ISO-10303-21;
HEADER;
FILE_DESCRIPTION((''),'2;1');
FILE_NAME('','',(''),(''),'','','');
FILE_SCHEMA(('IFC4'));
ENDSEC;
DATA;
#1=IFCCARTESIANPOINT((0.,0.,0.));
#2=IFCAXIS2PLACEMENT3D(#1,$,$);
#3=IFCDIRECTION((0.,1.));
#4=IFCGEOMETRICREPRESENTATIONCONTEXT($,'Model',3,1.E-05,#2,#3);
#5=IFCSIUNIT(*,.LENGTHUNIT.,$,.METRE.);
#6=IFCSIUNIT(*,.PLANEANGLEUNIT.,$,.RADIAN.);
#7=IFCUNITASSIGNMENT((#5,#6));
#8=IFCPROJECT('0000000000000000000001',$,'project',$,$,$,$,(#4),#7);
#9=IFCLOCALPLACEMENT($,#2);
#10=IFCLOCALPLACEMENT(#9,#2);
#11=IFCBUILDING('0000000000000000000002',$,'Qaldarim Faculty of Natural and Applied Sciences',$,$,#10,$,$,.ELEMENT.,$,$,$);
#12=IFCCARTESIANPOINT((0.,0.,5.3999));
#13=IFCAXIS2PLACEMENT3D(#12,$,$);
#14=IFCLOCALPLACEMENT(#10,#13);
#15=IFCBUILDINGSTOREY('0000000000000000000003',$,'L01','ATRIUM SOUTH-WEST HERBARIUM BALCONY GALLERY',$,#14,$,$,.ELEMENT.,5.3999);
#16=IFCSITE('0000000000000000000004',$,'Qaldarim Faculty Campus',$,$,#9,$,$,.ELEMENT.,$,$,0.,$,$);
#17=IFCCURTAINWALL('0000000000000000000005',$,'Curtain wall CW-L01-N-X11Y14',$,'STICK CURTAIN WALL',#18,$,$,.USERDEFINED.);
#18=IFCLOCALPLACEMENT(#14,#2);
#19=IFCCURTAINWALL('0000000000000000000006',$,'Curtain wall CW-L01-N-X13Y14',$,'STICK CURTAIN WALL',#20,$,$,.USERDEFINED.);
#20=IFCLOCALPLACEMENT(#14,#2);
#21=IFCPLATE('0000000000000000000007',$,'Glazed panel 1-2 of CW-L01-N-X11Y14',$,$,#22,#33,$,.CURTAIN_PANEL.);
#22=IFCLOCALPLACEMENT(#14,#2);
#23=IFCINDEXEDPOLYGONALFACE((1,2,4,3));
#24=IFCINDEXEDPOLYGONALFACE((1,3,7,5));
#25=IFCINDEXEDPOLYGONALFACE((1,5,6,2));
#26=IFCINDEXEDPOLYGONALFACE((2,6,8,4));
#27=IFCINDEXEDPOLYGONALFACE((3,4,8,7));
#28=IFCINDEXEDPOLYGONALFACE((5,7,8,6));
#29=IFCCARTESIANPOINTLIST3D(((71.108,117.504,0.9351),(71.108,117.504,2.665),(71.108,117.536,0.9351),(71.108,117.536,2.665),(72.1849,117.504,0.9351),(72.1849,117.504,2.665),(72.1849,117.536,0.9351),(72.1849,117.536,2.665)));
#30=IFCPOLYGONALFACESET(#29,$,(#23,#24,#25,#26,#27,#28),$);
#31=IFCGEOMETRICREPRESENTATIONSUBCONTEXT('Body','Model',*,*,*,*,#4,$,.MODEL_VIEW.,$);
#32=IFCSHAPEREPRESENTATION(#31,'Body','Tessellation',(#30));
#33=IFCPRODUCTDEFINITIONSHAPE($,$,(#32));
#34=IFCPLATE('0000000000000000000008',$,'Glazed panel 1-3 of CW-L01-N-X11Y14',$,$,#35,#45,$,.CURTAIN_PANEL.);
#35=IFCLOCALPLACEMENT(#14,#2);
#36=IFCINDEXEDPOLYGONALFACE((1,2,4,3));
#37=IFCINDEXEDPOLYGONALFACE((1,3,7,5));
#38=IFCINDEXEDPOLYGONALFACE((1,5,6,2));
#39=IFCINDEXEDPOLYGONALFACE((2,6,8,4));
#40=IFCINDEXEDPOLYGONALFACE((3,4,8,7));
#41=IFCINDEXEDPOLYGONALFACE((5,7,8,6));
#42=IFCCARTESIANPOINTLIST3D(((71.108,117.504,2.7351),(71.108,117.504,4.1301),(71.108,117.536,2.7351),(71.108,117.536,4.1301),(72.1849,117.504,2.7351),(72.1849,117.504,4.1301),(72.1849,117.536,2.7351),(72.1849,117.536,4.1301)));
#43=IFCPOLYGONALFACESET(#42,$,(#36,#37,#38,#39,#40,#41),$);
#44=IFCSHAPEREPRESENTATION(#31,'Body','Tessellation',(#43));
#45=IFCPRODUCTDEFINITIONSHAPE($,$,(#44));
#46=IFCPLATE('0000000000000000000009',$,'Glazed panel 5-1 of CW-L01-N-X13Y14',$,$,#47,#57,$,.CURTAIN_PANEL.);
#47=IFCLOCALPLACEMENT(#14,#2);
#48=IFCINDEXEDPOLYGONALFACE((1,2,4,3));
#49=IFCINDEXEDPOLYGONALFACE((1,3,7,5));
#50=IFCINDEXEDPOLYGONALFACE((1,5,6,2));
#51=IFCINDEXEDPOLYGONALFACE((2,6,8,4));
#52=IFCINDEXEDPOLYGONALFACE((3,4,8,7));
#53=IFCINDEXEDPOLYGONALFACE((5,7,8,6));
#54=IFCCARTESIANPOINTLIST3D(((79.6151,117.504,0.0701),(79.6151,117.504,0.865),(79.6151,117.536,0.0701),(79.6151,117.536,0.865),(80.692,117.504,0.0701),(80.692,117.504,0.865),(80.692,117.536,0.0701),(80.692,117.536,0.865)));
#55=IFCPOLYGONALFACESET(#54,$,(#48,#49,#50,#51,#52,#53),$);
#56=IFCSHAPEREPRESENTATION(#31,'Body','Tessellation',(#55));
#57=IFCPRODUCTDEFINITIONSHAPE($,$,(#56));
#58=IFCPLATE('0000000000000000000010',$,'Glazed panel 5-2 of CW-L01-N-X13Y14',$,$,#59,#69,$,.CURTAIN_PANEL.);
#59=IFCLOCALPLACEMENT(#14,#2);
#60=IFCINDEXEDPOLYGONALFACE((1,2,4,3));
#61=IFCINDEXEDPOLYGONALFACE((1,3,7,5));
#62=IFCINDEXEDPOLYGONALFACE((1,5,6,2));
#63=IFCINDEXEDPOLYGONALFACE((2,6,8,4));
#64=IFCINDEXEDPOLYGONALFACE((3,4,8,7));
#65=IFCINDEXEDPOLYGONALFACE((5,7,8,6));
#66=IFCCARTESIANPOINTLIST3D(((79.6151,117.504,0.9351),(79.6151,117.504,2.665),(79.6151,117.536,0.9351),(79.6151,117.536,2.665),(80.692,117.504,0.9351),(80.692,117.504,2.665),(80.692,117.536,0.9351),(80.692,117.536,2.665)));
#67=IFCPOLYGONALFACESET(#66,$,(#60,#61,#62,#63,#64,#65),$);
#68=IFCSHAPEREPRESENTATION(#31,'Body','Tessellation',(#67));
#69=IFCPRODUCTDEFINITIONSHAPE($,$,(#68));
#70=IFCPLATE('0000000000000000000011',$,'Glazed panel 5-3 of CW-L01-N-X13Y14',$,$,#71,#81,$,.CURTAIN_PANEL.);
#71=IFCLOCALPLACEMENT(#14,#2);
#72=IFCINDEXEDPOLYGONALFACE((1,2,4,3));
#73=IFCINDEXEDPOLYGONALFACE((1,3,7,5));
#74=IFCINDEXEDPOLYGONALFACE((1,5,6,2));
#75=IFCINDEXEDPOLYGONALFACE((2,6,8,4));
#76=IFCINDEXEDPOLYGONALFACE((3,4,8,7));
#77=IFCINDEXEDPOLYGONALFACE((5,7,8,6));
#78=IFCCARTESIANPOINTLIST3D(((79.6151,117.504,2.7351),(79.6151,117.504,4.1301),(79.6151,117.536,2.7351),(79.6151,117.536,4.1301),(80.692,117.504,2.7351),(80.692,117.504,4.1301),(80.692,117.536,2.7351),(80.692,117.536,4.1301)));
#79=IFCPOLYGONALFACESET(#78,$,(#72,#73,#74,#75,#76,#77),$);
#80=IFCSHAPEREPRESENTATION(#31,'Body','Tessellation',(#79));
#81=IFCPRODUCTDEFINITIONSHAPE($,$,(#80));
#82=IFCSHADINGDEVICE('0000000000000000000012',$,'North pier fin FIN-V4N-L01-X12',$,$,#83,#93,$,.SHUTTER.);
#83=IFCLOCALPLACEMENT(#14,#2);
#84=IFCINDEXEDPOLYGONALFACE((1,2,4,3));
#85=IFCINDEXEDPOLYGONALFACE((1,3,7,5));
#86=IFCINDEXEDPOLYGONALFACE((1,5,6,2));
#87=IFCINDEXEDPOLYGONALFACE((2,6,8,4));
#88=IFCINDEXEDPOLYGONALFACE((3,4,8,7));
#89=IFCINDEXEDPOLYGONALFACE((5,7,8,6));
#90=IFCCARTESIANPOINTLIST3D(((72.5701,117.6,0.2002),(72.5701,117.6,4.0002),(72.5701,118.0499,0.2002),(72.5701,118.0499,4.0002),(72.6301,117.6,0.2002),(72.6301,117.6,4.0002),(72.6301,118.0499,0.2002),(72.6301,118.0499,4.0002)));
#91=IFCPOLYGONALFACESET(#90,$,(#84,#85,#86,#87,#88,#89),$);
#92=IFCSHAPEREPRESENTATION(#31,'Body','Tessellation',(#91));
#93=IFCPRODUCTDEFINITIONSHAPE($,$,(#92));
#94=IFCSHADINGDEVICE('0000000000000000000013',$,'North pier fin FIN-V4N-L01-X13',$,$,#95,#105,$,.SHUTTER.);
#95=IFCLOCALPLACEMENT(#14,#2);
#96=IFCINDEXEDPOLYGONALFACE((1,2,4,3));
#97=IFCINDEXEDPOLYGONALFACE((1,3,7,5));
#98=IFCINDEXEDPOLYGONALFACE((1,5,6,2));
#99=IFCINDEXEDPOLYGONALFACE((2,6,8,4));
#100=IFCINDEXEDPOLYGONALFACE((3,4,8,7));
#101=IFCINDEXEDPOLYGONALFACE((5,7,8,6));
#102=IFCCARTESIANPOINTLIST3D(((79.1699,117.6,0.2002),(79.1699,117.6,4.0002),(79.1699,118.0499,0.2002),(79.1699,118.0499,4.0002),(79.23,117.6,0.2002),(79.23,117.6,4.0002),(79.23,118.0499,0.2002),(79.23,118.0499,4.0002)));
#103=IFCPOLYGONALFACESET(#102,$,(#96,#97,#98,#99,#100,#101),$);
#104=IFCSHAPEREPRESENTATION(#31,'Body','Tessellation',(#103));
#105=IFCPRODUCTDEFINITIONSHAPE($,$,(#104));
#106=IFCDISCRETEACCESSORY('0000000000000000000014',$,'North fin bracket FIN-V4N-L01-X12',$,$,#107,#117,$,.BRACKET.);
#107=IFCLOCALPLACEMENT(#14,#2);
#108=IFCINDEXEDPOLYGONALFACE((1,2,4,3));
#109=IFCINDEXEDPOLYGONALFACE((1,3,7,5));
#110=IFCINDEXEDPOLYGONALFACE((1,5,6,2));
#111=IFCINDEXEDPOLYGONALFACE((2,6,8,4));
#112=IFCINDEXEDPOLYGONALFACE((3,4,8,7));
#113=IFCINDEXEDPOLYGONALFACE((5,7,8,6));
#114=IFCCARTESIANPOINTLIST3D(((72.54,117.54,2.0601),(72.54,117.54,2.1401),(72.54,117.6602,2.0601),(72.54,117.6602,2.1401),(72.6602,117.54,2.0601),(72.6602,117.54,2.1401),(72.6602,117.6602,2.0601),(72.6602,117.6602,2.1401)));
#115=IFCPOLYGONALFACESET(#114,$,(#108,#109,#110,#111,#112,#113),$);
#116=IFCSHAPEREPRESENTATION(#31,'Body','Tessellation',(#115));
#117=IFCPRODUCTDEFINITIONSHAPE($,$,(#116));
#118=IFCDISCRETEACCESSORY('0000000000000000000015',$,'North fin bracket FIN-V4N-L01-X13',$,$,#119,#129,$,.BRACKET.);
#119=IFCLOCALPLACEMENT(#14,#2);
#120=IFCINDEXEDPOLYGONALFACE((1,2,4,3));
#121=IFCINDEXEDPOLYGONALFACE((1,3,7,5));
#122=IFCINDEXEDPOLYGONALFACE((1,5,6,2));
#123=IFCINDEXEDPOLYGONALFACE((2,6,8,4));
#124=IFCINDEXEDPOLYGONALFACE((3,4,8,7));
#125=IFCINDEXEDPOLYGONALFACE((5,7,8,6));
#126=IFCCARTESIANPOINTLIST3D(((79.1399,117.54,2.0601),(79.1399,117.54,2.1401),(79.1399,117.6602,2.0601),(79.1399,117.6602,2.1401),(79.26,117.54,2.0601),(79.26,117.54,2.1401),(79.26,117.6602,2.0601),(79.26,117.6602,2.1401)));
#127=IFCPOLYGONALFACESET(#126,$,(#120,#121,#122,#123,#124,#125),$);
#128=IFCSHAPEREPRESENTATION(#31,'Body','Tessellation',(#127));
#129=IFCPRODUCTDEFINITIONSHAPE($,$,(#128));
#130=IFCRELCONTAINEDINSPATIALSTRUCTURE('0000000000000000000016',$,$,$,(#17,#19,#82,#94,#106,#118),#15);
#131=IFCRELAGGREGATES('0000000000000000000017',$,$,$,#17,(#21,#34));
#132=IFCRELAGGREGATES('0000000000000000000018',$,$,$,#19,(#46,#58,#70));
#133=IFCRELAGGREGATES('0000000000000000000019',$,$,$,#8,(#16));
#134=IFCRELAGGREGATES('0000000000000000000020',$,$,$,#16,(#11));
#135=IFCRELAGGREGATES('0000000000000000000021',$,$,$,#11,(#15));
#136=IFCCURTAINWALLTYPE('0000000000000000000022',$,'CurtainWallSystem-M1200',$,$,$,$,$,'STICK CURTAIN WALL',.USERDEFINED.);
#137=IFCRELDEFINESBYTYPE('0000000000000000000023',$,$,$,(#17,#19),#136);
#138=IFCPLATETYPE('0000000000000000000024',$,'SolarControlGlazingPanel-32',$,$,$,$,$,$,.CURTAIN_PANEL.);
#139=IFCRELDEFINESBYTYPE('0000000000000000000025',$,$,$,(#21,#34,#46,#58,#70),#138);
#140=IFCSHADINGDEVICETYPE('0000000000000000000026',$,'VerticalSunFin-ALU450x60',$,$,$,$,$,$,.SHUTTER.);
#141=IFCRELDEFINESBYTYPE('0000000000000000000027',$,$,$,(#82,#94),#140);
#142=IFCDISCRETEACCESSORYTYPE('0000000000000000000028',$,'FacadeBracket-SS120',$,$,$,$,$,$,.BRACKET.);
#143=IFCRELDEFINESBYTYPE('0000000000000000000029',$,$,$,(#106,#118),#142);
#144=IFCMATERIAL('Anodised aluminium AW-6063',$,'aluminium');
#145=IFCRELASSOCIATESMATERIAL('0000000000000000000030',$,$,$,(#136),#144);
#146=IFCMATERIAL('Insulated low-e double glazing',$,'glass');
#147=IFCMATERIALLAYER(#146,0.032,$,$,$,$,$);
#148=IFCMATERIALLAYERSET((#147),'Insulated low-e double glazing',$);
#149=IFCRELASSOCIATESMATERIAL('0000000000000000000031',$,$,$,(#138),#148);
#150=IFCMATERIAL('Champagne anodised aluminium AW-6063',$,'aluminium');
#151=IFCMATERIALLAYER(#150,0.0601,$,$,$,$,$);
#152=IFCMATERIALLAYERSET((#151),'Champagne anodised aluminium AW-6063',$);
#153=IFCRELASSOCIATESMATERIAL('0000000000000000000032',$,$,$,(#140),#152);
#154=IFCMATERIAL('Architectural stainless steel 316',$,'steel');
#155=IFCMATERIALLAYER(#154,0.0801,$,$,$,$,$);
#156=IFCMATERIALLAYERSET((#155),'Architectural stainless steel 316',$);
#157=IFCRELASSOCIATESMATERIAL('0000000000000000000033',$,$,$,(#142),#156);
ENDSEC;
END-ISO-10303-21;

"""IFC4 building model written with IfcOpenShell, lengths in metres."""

from ifc_helpers import new_model, si_unit, direction, frame, origin, origin_2d, place, context, subcontext, project, spatial, rectangle, extrude, material, layer, layer_set, type_object, element, aggregate, save


model = new_model("IFC4")

# Units and contexts
model_context = context("Model", 3, precision=1e-05, world=origin(), true_north=direction((0.0, 1.0)))
body_context = subcontext(model_context, "Body", "Model", "MODEL_VIEW")
ifc_project = project(units=[si_unit("LENGTHUNIT", "METRE"), si_unit("PLANEANGLEUNIT", "RADIAN")], contexts=[model_context])

# Site, building, storey
site_placement = place(None, origin())
site = spatial("IfcSite", under=ifc_project, at=site_placement, Name="Qaldarim Faculty Campus", CompositionType="ELEMENT", RefElevation=0.0)
building_placement = place(site_placement, origin())
building = spatial("IfcBuilding", under=site, at=building_placement, Name="Qaldarim Faculty of Natural and Applied Sciences", CompositionType="ELEMENT")
storey_placement = place(building_placement, frame((0.0, 0.0, 5.3999)))
storey = spatial("IfcBuildingStorey", under=building, at=storey_placement, Name="L01", Description="ATRIUM SOUTH-WEST HERBARIUM BALCONY GALLERY", CompositionType="ELEMENT", Elevation=5.3999)

# Curtain wall
ifc_material_1 = material(Name="Anodised aluminium AW-6063", Category="aluminium")
curtain_wall_type = type_object("IfcCurtainWallType", Name="CurtainWallSystem-M1200", ElementType="STICK CURTAIN WALL", PredefinedType="USERDEFINED", material=ifc_material_1)
curtain_wall_1_placement = place(storey_placement, origin())
curtain_wall_1 = element("IfcCurtainWall", 1, at=curtain_wall_1_placement, inside=storey, type_object=curtain_wall_type, Name="Curtain wall CW-L01-N-X11Y14", ObjectType="STICK CURTAIN WALL", PredefinedType="USERDEFINED")

# Curtain wall
curtain_wall_2_placement = place(storey_placement, origin())
curtain_wall_2 = element("IfcCurtainWall", 2, at=curtain_wall_2_placement, inside=storey, type_object=curtain_wall_type, Name="Curtain wall CW-L01-N-X13Y14", ObjectType="STICK CURTAIN WALL", PredefinedType="USERDEFINED")

# Plates
ifc_material_2 = material(Name="Insulated low-e double glazing", Category="glass")
ifc_layer_1 = layer(ifc_material_2, 0.032)
ifc_layer_set_1 = layer_set([ifc_layer_1], Name="Insulated low-e double glazing")
plate_type = type_object("IfcPlateType", Name="SolarControlGlazingPanel-32", PredefinedType="CURTAIN_PANEL", material=ifc_layer_set_1)
plate_1_placement = place(storey_placement, frame((71.6465, 117.52, 0.9351), z_axis=(0.0, 0.0, 1.0), x_axis=(-1.0, 0.0, 0.0)))
plate_1 = element("IfcPlate", 3, at=plate_1_placement, type_object=plate_type, Name="Glazed panel 1-2 of CW-L01-N-X11Y14", PredefinedType="CURTAIN_PANEL", context=body_context, shape_type="SweptSolid", body=[
    extrude(rectangle(XDim=1.0769, YDim=0.032, at=origin_2d()), origin(), (0.0, 0.0, 1.0), 1.73),
])
plate_2_placement = place(storey_placement, frame((71.6465, 117.52, 2.7351), z_axis=(0.0, 0.0, 1.0), x_axis=(-1.0, 0.0, 0.0)))
plate_2 = element("IfcPlate", 4, at=plate_2_placement, type_object=plate_type, Name="Glazed panel 1-3 of CW-L01-N-X11Y14", PredefinedType="CURTAIN_PANEL", context=body_context, shape_type="SweptSolid", body=[
    extrude(rectangle(XDim=1.0769, YDim=0.032, at=origin_2d()), origin(), (0.0, 0.0, 1.0), 1.395),
])
aggregate(curtain_wall_1, [plate_1, plate_2])
plate_3_placement = place(storey_placement, frame((80.1536, 117.52, 0.0701), z_axis=(0.0, 0.0, 1.0), x_axis=(-1.0, 0.0, 0.0)))
plate_3 = element("IfcPlate", 5, at=plate_3_placement, type_object=plate_type, Name="Glazed panel 5-1 of CW-L01-N-X13Y14", PredefinedType="CURTAIN_PANEL", context=body_context, shape_type="SweptSolid", body=[
    extrude(rectangle(XDim=1.0769, YDim=0.032, at=origin_2d()), origin(), (0.0, 0.0, 1.0), 0.7949),
])
plate_4_placement = place(storey_placement, frame((80.1536, 117.52, 0.9351), z_axis=(0.0, 0.0, 1.0), x_axis=(-1.0, 0.0, 0.0)))
plate_4 = element("IfcPlate", 6, at=plate_4_placement, type_object=plate_type, Name="Glazed panel 5-2 of CW-L01-N-X13Y14", PredefinedType="CURTAIN_PANEL", context=body_context, shape_type="SweptSolid", body=[
    extrude(rectangle(XDim=1.0769, YDim=0.032, at=origin_2d()), origin(), (0.0, 0.0, 1.0), 1.73),
])
plate_5_placement = place(storey_placement, frame((80.1536, 117.52, 2.7351), z_axis=(0.0, 0.0, 1.0), x_axis=(-1.0, 0.0, 0.0)))
plate_5 = element("IfcPlate", 7, at=plate_5_placement, type_object=plate_type, Name="Glazed panel 5-3 of CW-L01-N-X13Y14", PredefinedType="CURTAIN_PANEL", context=body_context, shape_type="SweptSolid", body=[
    extrude(rectangle(XDim=1.0769, YDim=0.032, at=origin_2d()), origin(), (0.0, 0.0, 1.0), 1.395),
])
aggregate(curtain_wall_2, [plate_3, plate_4, plate_5])

# Shading devices
ifc_material_3 = material(Name="Champagne anodised aluminium AW-6063", Category="aluminium")
ifc_layer_2 = layer(ifc_material_3, 0.0601)
ifc_layer_set_2 = layer_set([ifc_layer_2], Name="Champagne anodised aluminium AW-6063")
shading_device_type = type_object("IfcShadingDeviceType", Name="VerticalSunFin-ALU450x60", PredefinedType="SHUTTER", material=ifc_layer_set_2)
for number, where, z_axis, x_axis, name in (
    (8, (72.6001, 117.825, 0.2002), (0.0, 0.0, 1.0), (1.0, 0.0, 0.0), "North pier fin FIN-V4N-L01-X12"),
    (9, (79.2, 117.825, 0.2002), (0.0, 0.0, 1.0), (1.0, 0.0, 0.0), "North pier fin FIN-V4N-L01-X13"),
):
    element("IfcShadingDevice", number, at=place(storey_placement, frame(where, z_axis=z_axis, x_axis=x_axis)), inside=storey, type_object=shading_device_type, Name=name, PredefinedType="SHUTTER", context=body_context, shape_type="SweptSolid", body=[
        extrude(rectangle(XDim=0.0601, YDim=0.45, at=origin_2d()), origin(), (0.0, 0.0, 1.0), 3.8),
    ])

# Discrete accessories
ifc_material_4 = material(Name="Architectural stainless steel 316", Category="steel")
ifc_layer_3 = layer(ifc_material_4, 0.0801)
ifc_layer_set_3 = layer_set([ifc_layer_3], Name="Architectural stainless steel 316")
discrete_accessory_type = type_object("IfcDiscreteAccessoryType", Name="FacadeBracket-SS120", PredefinedType="BRACKET", material=ifc_layer_set_3)
for number, where, z_axis, x_axis, name in (
    (10, (72.6001, 117.6001, 2.0601), (0.0, 0.0, 1.0), (1.0, 0.0, 0.0), "North fin bracket FIN-V4N-L01-X12"),
    (11, (79.2, 117.6001, 2.0601), (0.0, 0.0, 1.0), (1.0, 0.0, 0.0), "North fin bracket FIN-V4N-L01-X13"),
):
    element("IfcDiscreteAccessory", number, at=place(storey_placement, frame(where, z_axis=z_axis, x_axis=x_axis)), inside=storey, type_object=discrete_accessory_type, Name=name, PredefinedType="BRACKET", context=body_context, shape_type="SweptSolid", body=[
        extrude(rectangle(XDim=0.1201, YDim=0.1201, at=origin_2d()), origin(), (0.0, 0.0, 1.0), 0.0801),
    ])

save(model, "model.ifc")
